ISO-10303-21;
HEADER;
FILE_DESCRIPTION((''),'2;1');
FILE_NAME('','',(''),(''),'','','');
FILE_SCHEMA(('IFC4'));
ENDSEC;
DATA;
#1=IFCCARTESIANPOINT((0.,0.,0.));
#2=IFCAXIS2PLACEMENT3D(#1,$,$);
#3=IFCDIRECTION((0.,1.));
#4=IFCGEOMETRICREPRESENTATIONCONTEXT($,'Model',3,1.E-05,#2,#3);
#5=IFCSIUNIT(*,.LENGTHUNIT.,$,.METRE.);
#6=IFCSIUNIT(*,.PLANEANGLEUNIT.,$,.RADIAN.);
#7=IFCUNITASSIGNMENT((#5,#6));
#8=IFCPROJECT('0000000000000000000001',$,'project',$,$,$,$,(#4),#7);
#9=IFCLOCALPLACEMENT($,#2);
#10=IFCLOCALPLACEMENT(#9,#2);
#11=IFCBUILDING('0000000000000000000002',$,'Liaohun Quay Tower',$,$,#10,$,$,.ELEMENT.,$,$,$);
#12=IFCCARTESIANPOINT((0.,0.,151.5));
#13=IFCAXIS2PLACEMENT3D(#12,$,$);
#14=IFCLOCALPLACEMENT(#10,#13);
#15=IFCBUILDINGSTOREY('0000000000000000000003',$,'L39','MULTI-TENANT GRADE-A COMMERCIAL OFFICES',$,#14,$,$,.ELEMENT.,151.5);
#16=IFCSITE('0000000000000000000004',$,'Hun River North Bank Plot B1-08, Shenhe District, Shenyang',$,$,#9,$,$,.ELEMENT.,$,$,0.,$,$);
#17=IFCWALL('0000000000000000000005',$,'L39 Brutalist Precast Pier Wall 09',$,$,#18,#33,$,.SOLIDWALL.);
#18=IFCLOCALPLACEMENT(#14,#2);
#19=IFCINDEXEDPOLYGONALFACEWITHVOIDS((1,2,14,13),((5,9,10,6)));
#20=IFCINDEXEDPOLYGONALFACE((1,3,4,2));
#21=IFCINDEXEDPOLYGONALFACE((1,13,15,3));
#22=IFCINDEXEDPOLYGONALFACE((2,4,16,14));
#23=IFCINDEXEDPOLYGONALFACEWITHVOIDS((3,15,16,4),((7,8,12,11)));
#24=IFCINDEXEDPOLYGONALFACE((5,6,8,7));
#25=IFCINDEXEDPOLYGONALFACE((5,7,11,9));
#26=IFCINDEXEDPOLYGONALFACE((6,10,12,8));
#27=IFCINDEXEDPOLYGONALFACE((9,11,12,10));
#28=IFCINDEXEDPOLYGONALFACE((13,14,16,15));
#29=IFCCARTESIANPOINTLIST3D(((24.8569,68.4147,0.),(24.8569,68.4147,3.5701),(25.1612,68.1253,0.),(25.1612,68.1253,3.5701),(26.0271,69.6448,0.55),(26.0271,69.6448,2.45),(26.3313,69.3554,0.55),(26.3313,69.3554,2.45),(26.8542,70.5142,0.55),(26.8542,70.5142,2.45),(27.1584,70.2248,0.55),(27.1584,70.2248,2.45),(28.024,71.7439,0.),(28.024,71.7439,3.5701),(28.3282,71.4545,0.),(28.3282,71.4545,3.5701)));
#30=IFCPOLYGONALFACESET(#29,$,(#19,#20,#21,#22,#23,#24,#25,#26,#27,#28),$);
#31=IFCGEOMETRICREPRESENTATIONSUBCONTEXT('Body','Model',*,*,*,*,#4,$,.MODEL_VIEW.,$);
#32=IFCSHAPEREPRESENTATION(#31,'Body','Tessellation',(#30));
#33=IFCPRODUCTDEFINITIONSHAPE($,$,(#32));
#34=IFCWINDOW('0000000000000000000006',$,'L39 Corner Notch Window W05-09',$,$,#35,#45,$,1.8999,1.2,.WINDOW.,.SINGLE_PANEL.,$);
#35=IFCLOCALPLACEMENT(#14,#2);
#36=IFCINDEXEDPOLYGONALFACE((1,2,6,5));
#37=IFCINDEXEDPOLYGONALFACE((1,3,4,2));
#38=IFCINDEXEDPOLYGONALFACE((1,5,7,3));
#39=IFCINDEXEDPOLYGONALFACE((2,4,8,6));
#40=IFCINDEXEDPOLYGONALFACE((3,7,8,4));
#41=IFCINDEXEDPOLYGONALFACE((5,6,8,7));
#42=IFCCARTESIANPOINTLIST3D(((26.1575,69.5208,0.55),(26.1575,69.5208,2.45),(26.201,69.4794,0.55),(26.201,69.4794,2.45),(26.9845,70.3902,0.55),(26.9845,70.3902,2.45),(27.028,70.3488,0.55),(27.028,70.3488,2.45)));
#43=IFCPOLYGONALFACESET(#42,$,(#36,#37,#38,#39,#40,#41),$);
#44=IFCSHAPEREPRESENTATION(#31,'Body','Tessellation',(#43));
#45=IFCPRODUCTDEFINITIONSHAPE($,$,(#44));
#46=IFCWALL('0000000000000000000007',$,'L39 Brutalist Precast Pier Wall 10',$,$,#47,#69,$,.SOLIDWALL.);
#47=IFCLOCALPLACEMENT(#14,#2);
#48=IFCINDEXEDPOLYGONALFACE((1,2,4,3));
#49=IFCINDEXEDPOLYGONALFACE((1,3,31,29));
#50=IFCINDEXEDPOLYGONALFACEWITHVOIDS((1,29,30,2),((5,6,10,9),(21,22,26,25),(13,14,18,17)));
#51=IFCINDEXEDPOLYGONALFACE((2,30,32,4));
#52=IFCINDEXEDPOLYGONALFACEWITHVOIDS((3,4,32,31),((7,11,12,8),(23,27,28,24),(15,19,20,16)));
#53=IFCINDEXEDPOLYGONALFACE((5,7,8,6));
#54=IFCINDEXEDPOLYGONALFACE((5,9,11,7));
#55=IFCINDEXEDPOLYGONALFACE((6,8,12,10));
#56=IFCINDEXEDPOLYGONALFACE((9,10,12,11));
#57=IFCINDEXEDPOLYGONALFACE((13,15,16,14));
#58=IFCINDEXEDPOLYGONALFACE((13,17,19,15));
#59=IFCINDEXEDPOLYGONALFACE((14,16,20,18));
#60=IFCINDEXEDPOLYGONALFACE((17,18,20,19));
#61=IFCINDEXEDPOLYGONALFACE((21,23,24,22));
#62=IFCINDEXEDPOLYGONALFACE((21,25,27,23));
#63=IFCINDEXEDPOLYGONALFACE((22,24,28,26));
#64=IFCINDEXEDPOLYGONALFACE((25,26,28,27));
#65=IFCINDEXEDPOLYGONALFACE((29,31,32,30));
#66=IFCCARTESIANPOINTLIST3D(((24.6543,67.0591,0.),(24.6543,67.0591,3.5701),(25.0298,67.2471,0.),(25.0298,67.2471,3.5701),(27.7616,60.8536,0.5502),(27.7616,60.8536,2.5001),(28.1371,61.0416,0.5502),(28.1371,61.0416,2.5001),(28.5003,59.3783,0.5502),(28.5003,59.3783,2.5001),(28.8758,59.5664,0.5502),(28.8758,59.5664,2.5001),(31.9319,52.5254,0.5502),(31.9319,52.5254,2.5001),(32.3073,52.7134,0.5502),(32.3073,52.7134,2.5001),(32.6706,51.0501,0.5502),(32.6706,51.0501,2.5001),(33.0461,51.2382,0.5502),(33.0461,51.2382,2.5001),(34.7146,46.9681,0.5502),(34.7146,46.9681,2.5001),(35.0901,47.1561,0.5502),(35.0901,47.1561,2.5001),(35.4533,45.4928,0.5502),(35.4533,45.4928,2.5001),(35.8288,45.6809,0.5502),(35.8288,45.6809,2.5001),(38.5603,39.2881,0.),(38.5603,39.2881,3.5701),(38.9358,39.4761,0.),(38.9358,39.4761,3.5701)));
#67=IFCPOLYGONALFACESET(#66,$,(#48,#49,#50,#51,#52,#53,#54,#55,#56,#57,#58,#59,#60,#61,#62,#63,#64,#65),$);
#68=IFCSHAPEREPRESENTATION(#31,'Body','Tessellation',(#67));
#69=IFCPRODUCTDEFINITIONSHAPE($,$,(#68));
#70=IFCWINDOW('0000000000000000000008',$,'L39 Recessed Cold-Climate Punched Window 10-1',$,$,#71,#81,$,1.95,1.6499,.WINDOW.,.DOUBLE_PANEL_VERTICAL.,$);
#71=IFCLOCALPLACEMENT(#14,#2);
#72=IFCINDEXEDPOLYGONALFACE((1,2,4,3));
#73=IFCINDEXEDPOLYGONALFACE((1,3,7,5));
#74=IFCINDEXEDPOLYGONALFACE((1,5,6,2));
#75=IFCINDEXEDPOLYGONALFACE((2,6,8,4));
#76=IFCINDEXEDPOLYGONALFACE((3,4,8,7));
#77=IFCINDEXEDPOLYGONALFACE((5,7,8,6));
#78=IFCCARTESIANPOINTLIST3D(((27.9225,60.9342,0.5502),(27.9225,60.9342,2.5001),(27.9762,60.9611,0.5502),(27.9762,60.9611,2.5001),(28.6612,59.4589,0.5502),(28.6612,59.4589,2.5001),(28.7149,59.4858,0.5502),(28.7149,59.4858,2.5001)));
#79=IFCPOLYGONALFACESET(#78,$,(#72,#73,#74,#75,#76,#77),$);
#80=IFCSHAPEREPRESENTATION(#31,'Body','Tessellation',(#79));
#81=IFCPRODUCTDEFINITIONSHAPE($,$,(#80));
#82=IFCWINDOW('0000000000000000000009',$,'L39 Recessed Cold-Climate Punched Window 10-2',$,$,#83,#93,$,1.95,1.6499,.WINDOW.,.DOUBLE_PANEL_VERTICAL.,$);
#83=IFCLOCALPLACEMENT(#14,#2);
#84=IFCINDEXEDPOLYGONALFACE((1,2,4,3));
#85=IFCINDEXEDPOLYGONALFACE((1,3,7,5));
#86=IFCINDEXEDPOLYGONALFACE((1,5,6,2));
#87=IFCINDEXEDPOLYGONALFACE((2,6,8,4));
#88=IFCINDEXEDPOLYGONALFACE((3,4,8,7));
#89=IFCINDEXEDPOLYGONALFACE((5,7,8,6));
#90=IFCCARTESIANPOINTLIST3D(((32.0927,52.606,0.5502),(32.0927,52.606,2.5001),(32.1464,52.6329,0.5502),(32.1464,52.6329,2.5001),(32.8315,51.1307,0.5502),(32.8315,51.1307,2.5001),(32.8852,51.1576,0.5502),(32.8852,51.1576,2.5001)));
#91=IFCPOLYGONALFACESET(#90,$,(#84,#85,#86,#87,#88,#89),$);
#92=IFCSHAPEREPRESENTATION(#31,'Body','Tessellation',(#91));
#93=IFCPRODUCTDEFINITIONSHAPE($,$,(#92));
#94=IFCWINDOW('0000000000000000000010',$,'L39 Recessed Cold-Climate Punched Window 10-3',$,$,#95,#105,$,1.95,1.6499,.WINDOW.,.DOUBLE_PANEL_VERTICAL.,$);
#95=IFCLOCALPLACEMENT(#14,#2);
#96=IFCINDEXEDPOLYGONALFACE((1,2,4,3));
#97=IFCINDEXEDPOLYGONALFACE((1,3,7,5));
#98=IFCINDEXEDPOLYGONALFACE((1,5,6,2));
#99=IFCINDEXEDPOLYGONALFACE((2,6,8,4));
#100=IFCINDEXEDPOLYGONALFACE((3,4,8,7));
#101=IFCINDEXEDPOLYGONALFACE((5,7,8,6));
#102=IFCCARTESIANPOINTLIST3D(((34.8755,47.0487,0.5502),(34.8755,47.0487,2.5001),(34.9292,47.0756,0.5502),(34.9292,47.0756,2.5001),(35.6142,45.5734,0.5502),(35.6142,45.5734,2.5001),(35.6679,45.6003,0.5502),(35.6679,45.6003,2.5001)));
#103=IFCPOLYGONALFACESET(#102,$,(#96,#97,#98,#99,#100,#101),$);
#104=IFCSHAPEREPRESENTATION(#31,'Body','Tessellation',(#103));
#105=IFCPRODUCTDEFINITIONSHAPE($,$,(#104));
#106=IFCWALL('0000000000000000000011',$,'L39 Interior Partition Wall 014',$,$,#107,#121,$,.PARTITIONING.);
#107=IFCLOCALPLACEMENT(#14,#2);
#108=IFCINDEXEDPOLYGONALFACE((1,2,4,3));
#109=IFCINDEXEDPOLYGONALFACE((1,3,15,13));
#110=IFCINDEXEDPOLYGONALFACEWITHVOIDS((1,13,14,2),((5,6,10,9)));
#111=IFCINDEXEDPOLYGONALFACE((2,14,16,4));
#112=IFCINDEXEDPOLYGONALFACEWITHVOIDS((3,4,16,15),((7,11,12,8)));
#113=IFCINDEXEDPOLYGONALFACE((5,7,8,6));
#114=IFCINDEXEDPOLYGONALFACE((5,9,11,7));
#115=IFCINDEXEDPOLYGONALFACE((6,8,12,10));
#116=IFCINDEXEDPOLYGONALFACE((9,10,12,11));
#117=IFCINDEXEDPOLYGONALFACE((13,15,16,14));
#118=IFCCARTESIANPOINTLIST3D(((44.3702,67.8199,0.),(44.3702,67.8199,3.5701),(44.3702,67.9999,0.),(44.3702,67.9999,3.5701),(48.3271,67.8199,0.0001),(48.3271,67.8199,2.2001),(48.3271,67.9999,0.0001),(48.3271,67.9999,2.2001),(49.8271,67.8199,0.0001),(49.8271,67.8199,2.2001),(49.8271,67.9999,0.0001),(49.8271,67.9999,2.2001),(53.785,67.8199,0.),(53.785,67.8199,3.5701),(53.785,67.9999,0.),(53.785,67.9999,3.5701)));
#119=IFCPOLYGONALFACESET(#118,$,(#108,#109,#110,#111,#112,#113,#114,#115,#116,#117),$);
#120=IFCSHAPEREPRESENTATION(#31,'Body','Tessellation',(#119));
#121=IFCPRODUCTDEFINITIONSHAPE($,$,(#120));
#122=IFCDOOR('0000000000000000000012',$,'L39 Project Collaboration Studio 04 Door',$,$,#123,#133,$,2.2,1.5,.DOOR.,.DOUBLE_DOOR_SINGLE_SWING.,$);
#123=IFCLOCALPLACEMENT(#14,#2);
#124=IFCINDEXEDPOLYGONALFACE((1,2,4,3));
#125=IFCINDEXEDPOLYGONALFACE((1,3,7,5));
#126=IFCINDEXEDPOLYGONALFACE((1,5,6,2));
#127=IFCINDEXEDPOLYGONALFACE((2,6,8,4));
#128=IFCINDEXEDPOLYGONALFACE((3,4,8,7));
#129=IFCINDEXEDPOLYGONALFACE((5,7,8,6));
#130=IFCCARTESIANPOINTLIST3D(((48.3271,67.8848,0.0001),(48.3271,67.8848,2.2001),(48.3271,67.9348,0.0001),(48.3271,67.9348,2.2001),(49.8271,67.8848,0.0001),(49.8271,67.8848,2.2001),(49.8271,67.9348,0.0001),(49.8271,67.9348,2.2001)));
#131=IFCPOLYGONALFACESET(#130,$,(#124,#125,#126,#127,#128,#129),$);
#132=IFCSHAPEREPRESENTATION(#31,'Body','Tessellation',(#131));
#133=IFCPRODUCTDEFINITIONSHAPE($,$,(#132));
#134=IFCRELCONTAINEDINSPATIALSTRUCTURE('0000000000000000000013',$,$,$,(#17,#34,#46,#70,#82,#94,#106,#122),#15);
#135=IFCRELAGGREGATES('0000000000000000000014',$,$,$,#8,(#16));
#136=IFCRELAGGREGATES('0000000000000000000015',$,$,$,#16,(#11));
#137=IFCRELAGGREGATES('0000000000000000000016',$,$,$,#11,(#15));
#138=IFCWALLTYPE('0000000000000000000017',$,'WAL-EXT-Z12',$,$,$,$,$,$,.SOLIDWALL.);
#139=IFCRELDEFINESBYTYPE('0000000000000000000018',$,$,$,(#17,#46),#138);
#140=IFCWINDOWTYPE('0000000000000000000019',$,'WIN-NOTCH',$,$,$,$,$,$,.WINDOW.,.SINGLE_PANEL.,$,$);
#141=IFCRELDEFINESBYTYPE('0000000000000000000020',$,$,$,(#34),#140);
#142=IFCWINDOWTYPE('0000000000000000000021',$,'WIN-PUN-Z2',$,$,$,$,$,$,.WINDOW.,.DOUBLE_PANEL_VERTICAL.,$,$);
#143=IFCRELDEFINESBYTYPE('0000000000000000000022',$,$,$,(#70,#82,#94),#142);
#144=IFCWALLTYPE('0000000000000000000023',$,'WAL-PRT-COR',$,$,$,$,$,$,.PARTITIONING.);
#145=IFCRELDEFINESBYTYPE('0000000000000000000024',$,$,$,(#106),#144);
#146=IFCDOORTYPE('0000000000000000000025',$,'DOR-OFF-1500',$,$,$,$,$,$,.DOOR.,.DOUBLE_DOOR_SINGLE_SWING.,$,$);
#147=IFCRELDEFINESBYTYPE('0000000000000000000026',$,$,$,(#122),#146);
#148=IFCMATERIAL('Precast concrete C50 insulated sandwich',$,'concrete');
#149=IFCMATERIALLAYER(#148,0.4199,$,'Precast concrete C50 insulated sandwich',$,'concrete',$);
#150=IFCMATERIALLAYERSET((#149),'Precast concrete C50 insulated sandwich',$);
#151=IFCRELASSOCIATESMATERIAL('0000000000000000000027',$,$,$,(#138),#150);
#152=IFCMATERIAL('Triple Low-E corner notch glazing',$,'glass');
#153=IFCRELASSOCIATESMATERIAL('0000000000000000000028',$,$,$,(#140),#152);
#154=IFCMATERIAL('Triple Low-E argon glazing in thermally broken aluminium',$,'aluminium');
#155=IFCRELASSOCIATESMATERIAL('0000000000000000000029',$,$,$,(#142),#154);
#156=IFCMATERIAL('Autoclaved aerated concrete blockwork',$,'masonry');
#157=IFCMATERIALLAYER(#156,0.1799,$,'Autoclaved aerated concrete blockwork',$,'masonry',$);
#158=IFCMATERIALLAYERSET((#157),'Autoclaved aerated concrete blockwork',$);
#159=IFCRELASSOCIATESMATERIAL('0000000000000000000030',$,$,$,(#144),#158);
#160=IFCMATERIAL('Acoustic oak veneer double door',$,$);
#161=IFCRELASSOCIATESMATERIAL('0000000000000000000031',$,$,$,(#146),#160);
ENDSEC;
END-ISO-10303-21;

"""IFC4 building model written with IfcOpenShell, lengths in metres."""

from ifc_helpers import new_model, si_unit, direction, frame, frame_2d, origin, place, context, subcontext, project, spatial, rectangle, extrude, source, transform, mapped, material, layer, layer_set, type_object, element, fill, save


model = new_model("IFC4")

# Units and contexts
model_context = context("Model", 3, precision=1e-05, world=origin(), true_north=direction((0.0, 1.0)))
body_context = subcontext(model_context, "Body", "Model", "MODEL_VIEW")
ifc_project = project(units=[si_unit("LENGTHUNIT", "METRE"), si_unit("PLANEANGLEUNIT", "RADIAN")], contexts=[model_context])

# Site, building, storey
site_placement = place(None, origin())
site = spatial("IfcSite", under=ifc_project, at=site_placement, Name="Hun River North Bank Plot B1-08, Shenhe District, Shenyang", CompositionType="ELEMENT", RefElevation=0.0)
building_placement = place(site_placement, origin())
building = spatial("IfcBuilding", under=site, at=building_placement, Name="Liaohun Quay Tower", CompositionType="ELEMENT")
storey_placement = place(building_placement, frame((0.0, 0.0, 151.5)))
storey = spatial("IfcBuildingStorey", under=building, at=storey_placement, Name="L39", Description="MULTI-TENANT GRADE-A COMMERCIAL OFFICES", CompositionType="ELEMENT", Elevation=151.5)

# Wall, opening, window
ifc_material_1 = material(Name="Precast concrete C50 insulated sandwich", Category="concrete")
ifc_layer_1 = layer(ifc_material_1, 0.4199, Name="Precast concrete C50 insulated sandwich", Category="concrete")
ifc_layer_set_1 = layer_set([ifc_layer_1], Name="Precast concrete C50 insulated sandwich")
wall_type_1 = type_object("IfcWallType", Name="WAL-EXT-Z12", PredefinedType="SOLIDWALL", material=ifc_layer_set_1)
shared_shape_1 = source(origin(), body_context, "Body", "SweptSolid", [
    extrude(rectangle(XDim=1.2, YDim=1.8999, at=frame_2d((0.6001, 0.95))), frame((0.0, 0.22, 0.0), z_axis=(0.0, -1.0, 0.0), x_axis=(1.0, 0.0, 0.0)), (0.0, 0.0, 1.0), 0.4399),
])
ifc_material_2 = material(Name="Triple Low-E corner notch glazing", Category="glass")
window_type_1 = type_object("IfcWindowType", Name="WIN-NOTCH", PartitioningType="SINGLE_PANEL", PredefinedType="WINDOW", material=ifc_material_2)
shared_shape_2 = source(origin(), body_context, "Body", "SweptSolid", [
    extrude(rectangle(XDim=1.2, YDim=1.8999, at=frame_2d((0.6001, 0.95))), frame((0.0, 0.03, 0.0), z_axis=(0.0, -1.0, 0.0), x_axis=(1.0, 0.0, 0.0)), (0.0, 0.0, 1.0), 0.0601),
])
wall_1_placement = place(storey_placement, frame((28.176, 71.5991, 0.0), z_axis=(0.0, 0.0, 1.0), x_axis=(-0.689246, -0.724527, 0.0)))
wall_1 = element("IfcWall", 1, at=wall_1_placement, inside=storey, type_object=wall_type_1, Name="L39 Brutalist Precast Pier Wall 09", PredefinedType="SOLIDWALL", context=body_context, shape_type="SweptSolid", body=[
    extrude(rectangle(XDim=4.595, YDim=0.4199, at=frame_2d((2.2974, 0.0))), origin(), (0.0, 0.0, 1.0), 3.5701),
])
opening_1_placement = place(wall_1_placement, frame((1.697, 0.0, 0.55)))
opening_1 = element("IfcOpeningElement", 2, at=opening_1_placement, cuts=wall_1, PredefinedType="OPENING", context=body_context, shape_type="MappedRepresentation", body=[
    mapped(shared_shape_1, transform((0.0, 0.0, 0.0), x_axis=(1.0, 0.0, 0.0), y_axis=(0.0, 1.0, 0.0), z_axis=(0.0, 0.0, 1.0), scale=1.0)),
])
window_1_placement = place(opening_1_placement, origin())
window_1 = element("IfcWindow", 3, at=window_1_placement, inside=storey, type_object=window_type_1, Name="L39 Corner Notch Window W05-09", OverallHeight=1.8999, OverallWidth=1.2, PartitioningType="SINGLE_PANEL", PredefinedType="WINDOW", context=body_context, shape_type="MappedRepresentation", body=[
    mapped(shared_shape_2, transform((0.0, 0.0, 0.0), x_axis=(1.0, 0.0, 0.0), y_axis=(0.0, 1.0, 0.0), z_axis=(0.0, 0.0, 1.0), scale=1.0)),
])
fill(opening_1, window_1)

# Wall, openings, windows
wall_2_placement = place(storey_placement, frame((24.842, 67.1531, 0.0), z_axis=(0.0, 0.0, 1.0), x_axis=(0.447742, -0.894163, 0.0)))
wall_2 = element("IfcWall", 4, at=wall_2_placement, inside=storey, type_object=wall_type_1, Name="L39 Brutalist Precast Pier Wall 10", PredefinedType="SOLIDWALL", context=body_context, shape_type="SweptSolid", body=[
    extrude(rectangle(XDim=31.0581, YDim=0.4199, at=frame_2d((15.5291, 0.0))), origin(), (0.0, 0.0, 1.0), 3.5701),
])
shared_shape_3 = source(origin(), body_context, "Body", "SweptSolid", [
    extrude(rectangle(XDim=1.6499, YDim=1.95, at=frame_2d((0.825, 0.9751))), frame((0.0, 0.22, 0.0), z_axis=(0.0, -1.0, 0.0), x_axis=(1.0, 0.0, 0.0)), (0.0, 0.0, 1.0), 0.4399),
])
opening_2_placement = place(wall_2_placement, frame((6.9399, 0.0, 0.55)))
opening_2 = element("IfcOpeningElement", 5, at=opening_2_placement, cuts=wall_2, PredefinedType="OPENING", context=body_context, shape_type="MappedRepresentation", body=[
    mapped(shared_shape_3, transform((0.0, 0.0, 0.0), x_axis=(1.0, 0.0, 0.0), y_axis=(0.0, 1.0, 0.0), z_axis=(0.0, 0.0, 1.0), scale=1.0)),
])
opening_3_placement = place(wall_2_placement, frame((16.2539, 0.0, 0.55)))
opening_3 = element("IfcOpeningElement", 6, at=opening_3_placement, cuts=wall_2, PredefinedType="OPENING", context=body_context, shape_type="MappedRepresentation", body=[
    mapped(shared_shape_3, transform((0.0, 0.0, 0.0), x_axis=(1.0, 0.0, 0.0), y_axis=(0.0, 1.0, 0.0), z_axis=(0.0, 0.0, 1.0), scale=1.0)),
])
opening_4_placement = place(wall_2_placement, frame((22.469, 0.0, 0.55)))
opening_4 = element("IfcOpeningElement", 7, at=opening_4_placement, cuts=wall_2, PredefinedType="OPENING", context=body_context, shape_type="MappedRepresentation", body=[
    mapped(shared_shape_3, transform((0.0, 0.0, 0.0), x_axis=(1.0, 0.0, 0.0), y_axis=(0.0, 1.0, 0.0), z_axis=(0.0, 0.0, 1.0), scale=1.0)),
])
ifc_material_3 = material(Name="Triple Low-E argon glazing in thermally broken aluminium", Category="aluminium")
window_type_2 = type_object("IfcWindowType", Name="WIN-PUN-Z2", PartitioningType="DOUBLE_PANEL_VERTICAL", PredefinedType="WINDOW", material=ifc_material_3)
shared_shape_4 = source(origin(), body_context, "Body", "SweptSolid", [
    extrude(rectangle(XDim=1.6499, YDim=1.95, at=frame_2d((0.825, 0.9751))), frame((0.0, 0.03, 0.0), z_axis=(0.0, -1.0, 0.0), x_axis=(1.0, 0.0, 0.0)), (0.0, 0.0, 1.0), 0.0601),
])
window_2_placement = place(opening_2_placement, origin())
window_2 = element("IfcWindow", 8, at=window_2_placement, inside=storey, type_object=window_type_2, Name="L39 Recessed Cold-Climate Punched Window 10-1", OverallHeight=1.95, OverallWidth=1.6499, PartitioningType="DOUBLE_PANEL_VERTICAL", PredefinedType="WINDOW", context=body_context, shape_type="MappedRepresentation", body=[
    mapped(shared_shape_4, transform((0.0, 0.0, 0.0), x_axis=(1.0, 0.0, 0.0), y_axis=(0.0, 1.0, 0.0), z_axis=(0.0, 0.0, 1.0), scale=1.0)),
])
fill(opening_2, window_2)
window_3_placement = place(opening_3_placement, origin())
window_3 = element("IfcWindow", 9, at=window_3_placement, inside=storey, type_object=window_type_2, Name="L39 Recessed Cold-Climate Punched Window 10-2", OverallHeight=1.95, OverallWidth=1.6499, PartitioningType="DOUBLE_PANEL_VERTICAL", PredefinedType="WINDOW", context=body_context, shape_type="MappedRepresentation", body=[
    mapped(shared_shape_4, transform((0.0, 0.0, 0.0), x_axis=(1.0, 0.0, 0.0), y_axis=(0.0, 1.0, 0.0), z_axis=(0.0, 0.0, 1.0), scale=1.0)),
])
fill(opening_3, window_3)
window_4_placement = place(opening_4_placement, origin())
window_4 = element("IfcWindow", 10, at=window_4_placement, inside=storey, type_object=window_type_2, Name="L39 Recessed Cold-Climate Punched Window 10-3", OverallHeight=1.95, OverallWidth=1.6499, PartitioningType="DOUBLE_PANEL_VERTICAL", PredefinedType="WINDOW", context=body_context, shape_type="MappedRepresentation", body=[
    mapped(shared_shape_4, transform((0.0, 0.0, 0.0), x_axis=(1.0, 0.0, 0.0), y_axis=(0.0, 1.0, 0.0), z_axis=(0.0, 0.0, 1.0), scale=1.0)),
])
fill(opening_4, window_4)

# Wall, opening, door
ifc_material_4 = material(Name="Autoclaved aerated concrete blockwork", Category="masonry")
ifc_layer_2 = layer(ifc_material_4, 0.1799, Name="Autoclaved aerated concrete blockwork", Category="masonry")
ifc_layer_set_2 = layer_set([ifc_layer_2], Name="Autoclaved aerated concrete blockwork")
wall_type_2 = type_object("IfcWallType", Name="WAL-PRT-COR", PredefinedType="PARTITIONING", material=ifc_layer_set_2)
wall_3_placement = place(storey_placement, frame((44.3701, 67.9099, 0.0), z_axis=(0.0, 0.0, 1.0), x_axis=(1.0, 0.0, 0.0)))
wall_3 = element("IfcWall", 11, at=wall_3_placement, inside=storey, type_object=wall_type_2, Name="L39 Interior Partition Wall 014", PredefinedType="PARTITIONING", context=body_context, shape_type="SweptSolid", body=[
    extrude(rectangle(XDim=9.4148, YDim=0.1799, at=frame_2d((4.7075, 0.0))), origin(), (0.0, 0.0, 1.0), 3.5701),
])
shared_shape_5 = source(origin(), body_context, "Body", "SweptSolid", [
    extrude(rectangle(XDim=1.5, YDim=2.2, at=frame_2d((0.75, 1.1001))), frame((0.0, 0.0999, 0.0), z_axis=(0.0, -1.0, 0.0), x_axis=(1.0, 0.0, 0.0)), (0.0, 0.0, 1.0), 0.2),
])
opening_5_placement = place(wall_3_placement, frame((3.957, 0.0, 0.0)))
opening_5 = element("IfcOpeningElement", 12, at=opening_5_placement, cuts=wall_3, PredefinedType="OPENING", context=body_context, shape_type="MappedRepresentation", body=[
    mapped(shared_shape_5, transform((0.0, 0.0, 0.0), x_axis=(1.0, 0.0, 0.0), y_axis=(0.0, 1.0, 0.0), z_axis=(0.0, 0.0, 1.0), scale=1.0)),
])
ifc_material_5 = material(Name="Acoustic oak veneer double door")
door_type = type_object("IfcDoorType", Name="DOR-OFF-1500", OperationType="DOUBLE_DOOR_SINGLE_SWING", PredefinedType="DOOR", material=ifc_material_5)
shared_shape_6 = source(origin(), body_context, "Body", "SweptSolid", [
    extrude(rectangle(XDim=1.5, YDim=2.2, at=frame_2d((0.75, 1.1001))), frame((0.0, 0.0249, 0.0), z_axis=(0.0, -1.0, 0.0), x_axis=(1.0, 0.0, 0.0)), (0.0, 0.0, 1.0), 0.05),
])
door_1_placement = place(opening_5_placement, origin())
door_1 = element("IfcDoor", 13, at=door_1_placement, inside=storey, type_object=door_type, Name="L39 Project Collaboration Studio 04 Door", OperationType="DOUBLE_DOOR_SINGLE_SWING", OverallHeight=2.2, OverallWidth=1.5, PredefinedType="DOOR", context=body_context, shape_type="MappedRepresentation", body=[
    mapped(shared_shape_6, transform((0.0, 0.0, 0.0), x_axis=(1.0, 0.0, 0.0), y_axis=(0.0, 1.0, 0.0), z_axis=(0.0, 0.0, 1.0), scale=1.0)),
])
fill(opening_5, door_1)

save(model, "model.ifc")
